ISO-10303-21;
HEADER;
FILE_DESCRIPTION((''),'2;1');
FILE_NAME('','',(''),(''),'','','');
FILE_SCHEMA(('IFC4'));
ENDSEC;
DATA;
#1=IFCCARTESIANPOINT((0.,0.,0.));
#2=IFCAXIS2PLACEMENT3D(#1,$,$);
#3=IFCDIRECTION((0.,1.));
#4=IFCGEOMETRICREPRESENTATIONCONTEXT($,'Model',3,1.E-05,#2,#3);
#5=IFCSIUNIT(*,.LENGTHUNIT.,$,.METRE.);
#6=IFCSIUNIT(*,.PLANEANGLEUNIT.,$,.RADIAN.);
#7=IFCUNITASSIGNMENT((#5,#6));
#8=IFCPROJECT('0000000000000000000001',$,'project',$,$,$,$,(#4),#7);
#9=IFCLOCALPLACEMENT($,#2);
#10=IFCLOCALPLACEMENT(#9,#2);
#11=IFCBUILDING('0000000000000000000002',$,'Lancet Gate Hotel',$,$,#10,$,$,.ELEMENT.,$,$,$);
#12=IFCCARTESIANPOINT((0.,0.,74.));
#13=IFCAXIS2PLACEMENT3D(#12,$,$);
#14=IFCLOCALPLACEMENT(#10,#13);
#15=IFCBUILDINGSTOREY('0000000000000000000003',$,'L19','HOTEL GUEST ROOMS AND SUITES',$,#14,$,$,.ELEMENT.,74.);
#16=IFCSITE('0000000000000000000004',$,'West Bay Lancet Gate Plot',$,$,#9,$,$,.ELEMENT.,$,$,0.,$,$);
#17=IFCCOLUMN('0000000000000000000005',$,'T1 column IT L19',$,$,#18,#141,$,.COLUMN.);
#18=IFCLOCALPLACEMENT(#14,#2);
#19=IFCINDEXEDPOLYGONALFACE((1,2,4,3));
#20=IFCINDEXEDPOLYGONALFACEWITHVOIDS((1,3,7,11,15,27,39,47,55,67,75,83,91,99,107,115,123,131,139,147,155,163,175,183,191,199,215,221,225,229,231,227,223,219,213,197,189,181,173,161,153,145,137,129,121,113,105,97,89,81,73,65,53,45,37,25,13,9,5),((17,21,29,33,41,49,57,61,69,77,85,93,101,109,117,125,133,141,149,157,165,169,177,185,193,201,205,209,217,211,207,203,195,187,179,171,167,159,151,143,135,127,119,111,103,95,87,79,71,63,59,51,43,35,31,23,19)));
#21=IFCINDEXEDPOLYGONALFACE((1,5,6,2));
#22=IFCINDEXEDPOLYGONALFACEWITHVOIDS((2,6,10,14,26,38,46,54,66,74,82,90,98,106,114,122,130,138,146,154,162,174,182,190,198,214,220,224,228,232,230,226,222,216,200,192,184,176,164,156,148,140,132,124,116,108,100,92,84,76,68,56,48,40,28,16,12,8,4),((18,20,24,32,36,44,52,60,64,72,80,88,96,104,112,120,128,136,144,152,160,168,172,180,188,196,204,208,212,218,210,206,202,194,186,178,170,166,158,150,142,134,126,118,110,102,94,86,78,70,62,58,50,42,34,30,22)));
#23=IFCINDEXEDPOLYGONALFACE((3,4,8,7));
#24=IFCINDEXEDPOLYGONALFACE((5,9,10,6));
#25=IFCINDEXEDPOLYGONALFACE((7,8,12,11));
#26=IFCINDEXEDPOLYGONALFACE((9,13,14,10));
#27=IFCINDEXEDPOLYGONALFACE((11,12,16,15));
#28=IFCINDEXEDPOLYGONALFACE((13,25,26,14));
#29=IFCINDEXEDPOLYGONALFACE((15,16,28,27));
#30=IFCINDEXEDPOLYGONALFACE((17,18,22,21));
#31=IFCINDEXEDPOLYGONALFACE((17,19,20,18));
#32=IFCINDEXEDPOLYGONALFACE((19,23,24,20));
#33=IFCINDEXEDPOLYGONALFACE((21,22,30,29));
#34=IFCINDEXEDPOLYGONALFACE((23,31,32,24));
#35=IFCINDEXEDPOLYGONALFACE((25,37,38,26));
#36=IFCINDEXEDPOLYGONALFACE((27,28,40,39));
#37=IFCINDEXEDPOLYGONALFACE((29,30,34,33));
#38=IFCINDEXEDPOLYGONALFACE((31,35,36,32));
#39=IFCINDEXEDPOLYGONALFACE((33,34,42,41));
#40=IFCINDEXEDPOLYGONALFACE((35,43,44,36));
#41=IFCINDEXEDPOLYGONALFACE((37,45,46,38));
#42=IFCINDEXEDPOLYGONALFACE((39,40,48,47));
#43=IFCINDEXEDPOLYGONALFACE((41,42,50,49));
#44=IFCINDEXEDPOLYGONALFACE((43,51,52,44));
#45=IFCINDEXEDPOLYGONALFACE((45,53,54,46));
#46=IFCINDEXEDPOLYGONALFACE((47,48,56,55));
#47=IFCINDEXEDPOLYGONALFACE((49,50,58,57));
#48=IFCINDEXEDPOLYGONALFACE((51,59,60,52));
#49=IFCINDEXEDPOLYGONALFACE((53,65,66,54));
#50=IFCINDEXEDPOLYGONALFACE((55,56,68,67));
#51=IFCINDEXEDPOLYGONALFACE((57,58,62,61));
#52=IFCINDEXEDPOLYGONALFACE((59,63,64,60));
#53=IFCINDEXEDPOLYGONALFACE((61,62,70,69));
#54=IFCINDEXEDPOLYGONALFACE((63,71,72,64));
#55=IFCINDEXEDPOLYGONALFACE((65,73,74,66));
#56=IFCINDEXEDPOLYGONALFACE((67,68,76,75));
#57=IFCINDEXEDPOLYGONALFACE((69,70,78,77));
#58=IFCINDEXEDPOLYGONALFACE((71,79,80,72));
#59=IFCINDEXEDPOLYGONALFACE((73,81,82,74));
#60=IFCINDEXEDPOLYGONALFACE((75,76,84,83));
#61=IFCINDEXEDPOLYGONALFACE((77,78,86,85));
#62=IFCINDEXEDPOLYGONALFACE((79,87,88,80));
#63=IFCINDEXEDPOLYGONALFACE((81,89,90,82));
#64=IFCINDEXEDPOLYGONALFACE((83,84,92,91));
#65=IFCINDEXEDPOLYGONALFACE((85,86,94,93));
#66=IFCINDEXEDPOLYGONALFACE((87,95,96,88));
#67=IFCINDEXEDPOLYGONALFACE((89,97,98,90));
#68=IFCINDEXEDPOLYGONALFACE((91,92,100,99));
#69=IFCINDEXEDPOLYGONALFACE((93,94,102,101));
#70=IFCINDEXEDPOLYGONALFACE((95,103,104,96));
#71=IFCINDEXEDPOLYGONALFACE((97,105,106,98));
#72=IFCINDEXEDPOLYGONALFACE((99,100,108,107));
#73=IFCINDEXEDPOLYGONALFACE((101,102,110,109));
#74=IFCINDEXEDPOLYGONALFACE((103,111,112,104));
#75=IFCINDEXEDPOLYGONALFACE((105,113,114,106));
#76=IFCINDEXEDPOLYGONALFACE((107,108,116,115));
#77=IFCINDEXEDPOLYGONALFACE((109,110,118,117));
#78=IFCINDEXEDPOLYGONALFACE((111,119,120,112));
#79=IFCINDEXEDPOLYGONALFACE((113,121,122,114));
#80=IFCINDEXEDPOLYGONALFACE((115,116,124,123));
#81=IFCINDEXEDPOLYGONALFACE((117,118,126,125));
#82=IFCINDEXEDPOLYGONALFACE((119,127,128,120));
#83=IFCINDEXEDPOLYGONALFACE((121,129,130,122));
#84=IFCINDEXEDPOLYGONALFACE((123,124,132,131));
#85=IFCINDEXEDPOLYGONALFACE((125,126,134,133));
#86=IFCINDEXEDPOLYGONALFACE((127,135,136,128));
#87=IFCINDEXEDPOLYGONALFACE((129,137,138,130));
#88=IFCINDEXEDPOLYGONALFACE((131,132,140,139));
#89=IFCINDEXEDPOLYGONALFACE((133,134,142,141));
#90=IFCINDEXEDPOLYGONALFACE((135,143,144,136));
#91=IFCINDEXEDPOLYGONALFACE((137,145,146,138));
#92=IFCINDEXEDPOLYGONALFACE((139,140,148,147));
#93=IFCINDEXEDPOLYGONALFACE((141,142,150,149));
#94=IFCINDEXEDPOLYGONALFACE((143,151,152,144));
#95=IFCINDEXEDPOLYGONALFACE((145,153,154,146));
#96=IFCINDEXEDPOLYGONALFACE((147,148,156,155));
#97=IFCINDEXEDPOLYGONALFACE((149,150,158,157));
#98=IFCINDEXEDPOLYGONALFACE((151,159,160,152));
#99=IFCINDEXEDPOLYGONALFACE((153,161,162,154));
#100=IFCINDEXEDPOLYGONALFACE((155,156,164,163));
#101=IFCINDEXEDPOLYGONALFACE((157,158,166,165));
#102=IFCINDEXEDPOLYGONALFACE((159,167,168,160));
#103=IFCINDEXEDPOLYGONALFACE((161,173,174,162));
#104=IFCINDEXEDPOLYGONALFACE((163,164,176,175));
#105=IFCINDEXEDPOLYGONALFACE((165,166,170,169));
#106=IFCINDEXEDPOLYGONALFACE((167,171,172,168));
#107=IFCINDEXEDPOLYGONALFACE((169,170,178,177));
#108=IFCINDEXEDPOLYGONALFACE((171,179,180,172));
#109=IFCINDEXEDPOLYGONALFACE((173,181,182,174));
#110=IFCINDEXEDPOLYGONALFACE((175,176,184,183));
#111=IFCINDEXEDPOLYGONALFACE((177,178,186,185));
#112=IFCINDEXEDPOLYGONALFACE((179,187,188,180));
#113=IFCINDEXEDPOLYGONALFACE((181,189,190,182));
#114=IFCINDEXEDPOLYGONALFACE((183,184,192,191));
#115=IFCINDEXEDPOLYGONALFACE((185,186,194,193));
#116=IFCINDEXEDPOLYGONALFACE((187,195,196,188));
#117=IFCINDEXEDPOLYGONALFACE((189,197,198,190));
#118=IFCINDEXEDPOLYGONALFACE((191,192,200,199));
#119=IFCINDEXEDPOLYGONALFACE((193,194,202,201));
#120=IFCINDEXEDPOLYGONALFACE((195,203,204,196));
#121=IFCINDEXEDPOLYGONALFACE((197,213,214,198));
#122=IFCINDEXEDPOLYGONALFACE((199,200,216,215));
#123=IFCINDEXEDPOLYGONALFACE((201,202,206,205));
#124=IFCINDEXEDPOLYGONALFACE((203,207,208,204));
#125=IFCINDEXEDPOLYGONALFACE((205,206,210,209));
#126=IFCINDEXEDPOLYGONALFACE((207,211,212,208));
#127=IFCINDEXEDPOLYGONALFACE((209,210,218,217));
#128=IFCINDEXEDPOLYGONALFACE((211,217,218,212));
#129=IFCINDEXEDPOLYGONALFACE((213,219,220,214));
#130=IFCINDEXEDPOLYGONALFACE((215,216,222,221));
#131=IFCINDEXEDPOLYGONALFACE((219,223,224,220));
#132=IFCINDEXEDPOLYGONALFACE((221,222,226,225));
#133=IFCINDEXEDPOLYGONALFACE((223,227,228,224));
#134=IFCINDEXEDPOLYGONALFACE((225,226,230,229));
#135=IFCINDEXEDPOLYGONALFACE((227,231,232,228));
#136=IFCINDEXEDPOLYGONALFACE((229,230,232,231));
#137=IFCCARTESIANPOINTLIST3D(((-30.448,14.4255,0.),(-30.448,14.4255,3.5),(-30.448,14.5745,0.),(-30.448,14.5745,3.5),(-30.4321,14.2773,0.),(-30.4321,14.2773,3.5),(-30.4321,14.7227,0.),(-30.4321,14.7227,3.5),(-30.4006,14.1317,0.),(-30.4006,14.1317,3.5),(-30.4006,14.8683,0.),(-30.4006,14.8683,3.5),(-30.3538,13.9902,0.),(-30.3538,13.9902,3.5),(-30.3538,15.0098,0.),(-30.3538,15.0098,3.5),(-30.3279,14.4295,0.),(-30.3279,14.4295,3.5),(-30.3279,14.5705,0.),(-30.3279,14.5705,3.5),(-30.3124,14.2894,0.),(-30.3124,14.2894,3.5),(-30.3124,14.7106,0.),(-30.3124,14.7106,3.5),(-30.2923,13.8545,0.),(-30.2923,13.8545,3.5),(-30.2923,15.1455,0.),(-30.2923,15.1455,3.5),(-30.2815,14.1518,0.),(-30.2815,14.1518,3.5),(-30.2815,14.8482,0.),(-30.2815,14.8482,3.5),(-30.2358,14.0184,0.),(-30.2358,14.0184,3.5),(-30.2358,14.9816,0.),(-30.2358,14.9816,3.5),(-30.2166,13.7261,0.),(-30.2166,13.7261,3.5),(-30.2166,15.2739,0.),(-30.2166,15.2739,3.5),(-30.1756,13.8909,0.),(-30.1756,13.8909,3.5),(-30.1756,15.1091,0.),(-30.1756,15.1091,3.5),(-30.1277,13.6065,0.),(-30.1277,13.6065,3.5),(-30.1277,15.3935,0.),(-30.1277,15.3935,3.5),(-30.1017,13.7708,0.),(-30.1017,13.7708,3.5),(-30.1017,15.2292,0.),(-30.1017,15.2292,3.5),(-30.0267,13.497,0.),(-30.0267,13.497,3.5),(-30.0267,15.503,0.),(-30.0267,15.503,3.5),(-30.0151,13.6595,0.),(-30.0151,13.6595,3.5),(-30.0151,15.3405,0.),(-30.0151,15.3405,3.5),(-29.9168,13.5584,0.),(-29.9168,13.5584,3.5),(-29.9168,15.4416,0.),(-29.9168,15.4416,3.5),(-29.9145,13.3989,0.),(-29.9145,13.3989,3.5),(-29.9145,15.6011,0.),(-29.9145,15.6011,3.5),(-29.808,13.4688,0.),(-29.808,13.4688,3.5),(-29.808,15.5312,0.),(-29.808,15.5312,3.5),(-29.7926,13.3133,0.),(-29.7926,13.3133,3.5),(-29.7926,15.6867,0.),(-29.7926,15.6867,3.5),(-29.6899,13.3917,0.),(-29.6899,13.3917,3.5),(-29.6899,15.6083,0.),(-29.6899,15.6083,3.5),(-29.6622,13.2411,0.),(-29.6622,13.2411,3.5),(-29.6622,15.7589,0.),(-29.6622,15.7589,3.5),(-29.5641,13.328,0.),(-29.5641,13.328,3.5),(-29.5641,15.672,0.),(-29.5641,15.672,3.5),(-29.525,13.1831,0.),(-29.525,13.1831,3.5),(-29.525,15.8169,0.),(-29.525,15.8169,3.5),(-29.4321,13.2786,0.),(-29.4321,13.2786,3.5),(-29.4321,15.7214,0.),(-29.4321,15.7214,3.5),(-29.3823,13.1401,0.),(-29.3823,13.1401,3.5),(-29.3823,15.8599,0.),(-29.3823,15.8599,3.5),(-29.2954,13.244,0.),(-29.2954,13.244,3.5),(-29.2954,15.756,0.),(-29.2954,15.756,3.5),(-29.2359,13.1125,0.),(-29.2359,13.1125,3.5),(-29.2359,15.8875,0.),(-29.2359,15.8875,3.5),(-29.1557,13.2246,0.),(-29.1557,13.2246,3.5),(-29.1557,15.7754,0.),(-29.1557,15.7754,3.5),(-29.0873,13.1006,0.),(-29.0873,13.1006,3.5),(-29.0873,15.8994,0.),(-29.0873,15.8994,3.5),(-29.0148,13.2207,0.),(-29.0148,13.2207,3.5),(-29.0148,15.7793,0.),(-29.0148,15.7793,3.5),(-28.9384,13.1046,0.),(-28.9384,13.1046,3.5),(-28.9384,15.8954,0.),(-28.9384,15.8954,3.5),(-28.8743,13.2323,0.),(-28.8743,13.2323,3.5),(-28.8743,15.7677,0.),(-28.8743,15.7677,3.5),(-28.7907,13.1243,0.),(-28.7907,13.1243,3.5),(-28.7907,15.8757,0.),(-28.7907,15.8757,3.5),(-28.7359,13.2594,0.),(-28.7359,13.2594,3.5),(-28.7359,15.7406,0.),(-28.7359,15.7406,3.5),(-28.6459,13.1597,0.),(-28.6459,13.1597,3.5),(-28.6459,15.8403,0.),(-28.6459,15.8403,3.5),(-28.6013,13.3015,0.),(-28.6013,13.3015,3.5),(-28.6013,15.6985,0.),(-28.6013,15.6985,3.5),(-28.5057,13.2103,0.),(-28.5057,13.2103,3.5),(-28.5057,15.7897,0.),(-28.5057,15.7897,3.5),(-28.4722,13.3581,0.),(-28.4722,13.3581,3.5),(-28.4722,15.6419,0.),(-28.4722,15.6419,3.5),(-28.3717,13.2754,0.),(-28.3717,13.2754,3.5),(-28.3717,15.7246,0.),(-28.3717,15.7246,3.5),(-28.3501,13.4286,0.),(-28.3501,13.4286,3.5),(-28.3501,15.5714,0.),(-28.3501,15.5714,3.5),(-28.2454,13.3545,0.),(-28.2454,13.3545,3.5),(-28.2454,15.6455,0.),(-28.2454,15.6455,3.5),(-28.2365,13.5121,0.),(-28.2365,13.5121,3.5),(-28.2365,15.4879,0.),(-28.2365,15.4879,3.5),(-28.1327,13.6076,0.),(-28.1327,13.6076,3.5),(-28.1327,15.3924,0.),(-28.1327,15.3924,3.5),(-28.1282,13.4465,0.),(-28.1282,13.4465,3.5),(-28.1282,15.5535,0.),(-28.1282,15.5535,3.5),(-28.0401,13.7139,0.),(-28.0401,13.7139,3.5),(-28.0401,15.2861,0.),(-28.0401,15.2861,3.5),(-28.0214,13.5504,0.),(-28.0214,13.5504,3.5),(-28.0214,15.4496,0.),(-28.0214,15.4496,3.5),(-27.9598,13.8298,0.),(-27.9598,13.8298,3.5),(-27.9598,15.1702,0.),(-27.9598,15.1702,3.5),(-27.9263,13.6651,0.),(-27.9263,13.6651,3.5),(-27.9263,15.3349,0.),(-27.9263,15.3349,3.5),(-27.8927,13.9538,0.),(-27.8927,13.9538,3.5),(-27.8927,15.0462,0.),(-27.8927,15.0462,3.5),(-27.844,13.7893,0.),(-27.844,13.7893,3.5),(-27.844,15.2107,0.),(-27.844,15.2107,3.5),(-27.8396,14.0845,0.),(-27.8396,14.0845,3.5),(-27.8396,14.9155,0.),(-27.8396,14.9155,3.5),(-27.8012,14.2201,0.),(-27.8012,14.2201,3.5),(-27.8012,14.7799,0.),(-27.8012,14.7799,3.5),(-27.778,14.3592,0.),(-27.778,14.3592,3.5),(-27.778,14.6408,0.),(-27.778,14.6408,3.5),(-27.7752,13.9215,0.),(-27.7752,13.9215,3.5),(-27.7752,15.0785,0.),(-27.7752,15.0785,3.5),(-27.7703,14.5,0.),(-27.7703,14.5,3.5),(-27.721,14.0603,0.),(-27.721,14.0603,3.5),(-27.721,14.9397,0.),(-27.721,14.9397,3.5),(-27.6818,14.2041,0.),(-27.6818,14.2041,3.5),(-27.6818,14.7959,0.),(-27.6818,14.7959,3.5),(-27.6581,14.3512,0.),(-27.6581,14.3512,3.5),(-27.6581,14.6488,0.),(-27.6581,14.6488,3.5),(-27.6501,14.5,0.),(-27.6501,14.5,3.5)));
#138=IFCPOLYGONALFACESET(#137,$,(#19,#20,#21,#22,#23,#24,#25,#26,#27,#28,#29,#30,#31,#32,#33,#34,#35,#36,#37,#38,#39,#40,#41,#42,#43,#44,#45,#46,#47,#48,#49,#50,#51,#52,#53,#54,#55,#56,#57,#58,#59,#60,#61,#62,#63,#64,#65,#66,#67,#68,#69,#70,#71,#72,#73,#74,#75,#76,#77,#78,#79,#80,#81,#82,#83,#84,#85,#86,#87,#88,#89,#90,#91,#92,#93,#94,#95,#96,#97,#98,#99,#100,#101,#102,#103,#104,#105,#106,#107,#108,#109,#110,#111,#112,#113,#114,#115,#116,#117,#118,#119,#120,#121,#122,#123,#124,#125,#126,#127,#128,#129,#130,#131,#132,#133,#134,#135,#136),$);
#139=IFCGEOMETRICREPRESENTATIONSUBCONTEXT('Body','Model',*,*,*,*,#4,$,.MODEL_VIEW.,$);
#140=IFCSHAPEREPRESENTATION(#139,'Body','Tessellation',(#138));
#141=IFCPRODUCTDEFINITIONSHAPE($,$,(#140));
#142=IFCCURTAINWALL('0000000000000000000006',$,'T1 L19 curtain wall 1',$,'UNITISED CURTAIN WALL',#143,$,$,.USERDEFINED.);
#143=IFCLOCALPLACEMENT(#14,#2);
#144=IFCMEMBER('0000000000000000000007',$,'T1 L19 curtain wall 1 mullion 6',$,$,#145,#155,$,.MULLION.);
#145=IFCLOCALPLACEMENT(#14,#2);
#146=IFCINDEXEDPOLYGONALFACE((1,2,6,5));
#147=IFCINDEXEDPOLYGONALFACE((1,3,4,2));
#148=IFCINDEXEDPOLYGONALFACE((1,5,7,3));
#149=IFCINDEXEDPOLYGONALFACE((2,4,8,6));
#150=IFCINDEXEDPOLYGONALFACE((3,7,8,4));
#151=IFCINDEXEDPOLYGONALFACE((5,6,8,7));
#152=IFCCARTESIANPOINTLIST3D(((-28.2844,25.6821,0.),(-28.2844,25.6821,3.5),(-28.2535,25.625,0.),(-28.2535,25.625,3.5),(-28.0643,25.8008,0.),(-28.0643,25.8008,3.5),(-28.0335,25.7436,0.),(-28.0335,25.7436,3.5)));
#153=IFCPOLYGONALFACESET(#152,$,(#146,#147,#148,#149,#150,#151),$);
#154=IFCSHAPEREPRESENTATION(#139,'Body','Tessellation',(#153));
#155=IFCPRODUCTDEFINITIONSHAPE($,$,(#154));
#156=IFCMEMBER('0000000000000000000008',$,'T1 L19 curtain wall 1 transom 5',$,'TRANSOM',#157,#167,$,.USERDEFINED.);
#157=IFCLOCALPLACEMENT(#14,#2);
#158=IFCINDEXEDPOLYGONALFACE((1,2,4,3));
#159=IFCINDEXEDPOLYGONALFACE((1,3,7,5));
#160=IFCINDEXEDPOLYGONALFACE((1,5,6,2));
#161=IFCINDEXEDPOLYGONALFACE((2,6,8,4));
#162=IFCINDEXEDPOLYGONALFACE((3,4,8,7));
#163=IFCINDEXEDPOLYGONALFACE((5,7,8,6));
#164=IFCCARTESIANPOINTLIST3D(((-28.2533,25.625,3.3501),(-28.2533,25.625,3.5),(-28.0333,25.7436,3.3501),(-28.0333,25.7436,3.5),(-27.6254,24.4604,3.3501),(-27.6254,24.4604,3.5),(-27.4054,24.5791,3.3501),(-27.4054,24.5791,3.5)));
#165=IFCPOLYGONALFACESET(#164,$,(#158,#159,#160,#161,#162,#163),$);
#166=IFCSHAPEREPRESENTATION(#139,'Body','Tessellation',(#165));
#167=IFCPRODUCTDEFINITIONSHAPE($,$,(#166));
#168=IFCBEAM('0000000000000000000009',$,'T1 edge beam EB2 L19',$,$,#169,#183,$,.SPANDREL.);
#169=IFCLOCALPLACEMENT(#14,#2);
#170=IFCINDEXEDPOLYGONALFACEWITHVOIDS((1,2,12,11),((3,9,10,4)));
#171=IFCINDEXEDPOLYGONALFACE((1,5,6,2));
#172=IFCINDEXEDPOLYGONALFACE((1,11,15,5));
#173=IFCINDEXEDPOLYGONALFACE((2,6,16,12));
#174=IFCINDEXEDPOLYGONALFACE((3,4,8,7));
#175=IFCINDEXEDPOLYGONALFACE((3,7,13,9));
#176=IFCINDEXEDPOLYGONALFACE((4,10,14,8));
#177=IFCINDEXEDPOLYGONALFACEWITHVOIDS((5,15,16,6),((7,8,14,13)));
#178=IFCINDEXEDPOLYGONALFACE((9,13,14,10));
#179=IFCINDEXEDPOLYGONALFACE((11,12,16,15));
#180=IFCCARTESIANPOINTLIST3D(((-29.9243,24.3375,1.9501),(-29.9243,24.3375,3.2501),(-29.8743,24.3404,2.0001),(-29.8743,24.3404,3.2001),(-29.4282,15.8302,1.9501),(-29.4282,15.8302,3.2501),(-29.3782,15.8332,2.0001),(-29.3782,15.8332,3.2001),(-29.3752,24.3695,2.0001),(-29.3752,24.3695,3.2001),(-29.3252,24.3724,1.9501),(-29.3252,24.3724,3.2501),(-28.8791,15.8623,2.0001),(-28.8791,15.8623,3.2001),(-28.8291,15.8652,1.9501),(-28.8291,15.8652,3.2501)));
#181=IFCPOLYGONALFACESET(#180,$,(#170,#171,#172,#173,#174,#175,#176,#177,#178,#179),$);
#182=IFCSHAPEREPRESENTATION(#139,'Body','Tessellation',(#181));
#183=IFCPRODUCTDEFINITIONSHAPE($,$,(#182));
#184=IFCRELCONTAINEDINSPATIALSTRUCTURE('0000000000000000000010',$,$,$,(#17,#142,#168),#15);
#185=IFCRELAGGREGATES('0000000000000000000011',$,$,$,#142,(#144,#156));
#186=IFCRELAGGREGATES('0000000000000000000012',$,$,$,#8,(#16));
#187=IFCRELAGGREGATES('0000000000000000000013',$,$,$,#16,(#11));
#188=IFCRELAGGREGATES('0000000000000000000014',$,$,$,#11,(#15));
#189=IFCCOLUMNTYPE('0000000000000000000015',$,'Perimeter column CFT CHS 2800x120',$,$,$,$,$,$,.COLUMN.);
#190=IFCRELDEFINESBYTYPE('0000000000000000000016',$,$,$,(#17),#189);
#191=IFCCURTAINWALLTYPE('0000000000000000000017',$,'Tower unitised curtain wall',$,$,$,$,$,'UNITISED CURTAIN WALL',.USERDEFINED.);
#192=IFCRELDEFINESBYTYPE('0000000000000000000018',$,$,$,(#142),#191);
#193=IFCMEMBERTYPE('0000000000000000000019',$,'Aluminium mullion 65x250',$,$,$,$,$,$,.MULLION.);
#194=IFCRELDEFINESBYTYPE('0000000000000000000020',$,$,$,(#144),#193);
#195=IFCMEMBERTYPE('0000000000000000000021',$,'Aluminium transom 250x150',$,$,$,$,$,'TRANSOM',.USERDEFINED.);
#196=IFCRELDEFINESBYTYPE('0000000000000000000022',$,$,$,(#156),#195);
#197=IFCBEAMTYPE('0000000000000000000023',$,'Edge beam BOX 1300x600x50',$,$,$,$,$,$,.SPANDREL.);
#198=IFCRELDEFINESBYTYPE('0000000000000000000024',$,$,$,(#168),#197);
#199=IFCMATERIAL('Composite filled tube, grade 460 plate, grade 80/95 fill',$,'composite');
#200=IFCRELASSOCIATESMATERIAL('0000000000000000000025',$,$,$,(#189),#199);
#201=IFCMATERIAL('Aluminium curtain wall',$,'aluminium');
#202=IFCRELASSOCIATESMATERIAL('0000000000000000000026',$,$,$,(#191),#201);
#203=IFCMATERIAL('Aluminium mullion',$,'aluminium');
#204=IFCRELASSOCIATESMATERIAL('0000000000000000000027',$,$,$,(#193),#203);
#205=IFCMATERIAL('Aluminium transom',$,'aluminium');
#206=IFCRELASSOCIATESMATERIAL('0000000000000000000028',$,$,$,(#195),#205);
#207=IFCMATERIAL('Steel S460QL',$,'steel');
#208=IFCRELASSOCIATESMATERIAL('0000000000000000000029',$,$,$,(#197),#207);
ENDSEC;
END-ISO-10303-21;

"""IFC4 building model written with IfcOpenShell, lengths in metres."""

from ifc_helpers import new_model, si_unit, direction, frame, origin, origin_2d, place, context, subcontext, project, spatial, rectangle, hollow_rectangle, hollow_circle, extrude, material, material_profile, profile_set, type_object, element, aggregate, save


model = new_model("IFC4")

# Units and contexts
model_context = context("Model", 3, precision=1e-05, world=origin(), true_north=direction((0.0, 1.0)))
body_context = subcontext(model_context, "Body", "Model", "MODEL_VIEW")
ifc_project = project(units=[si_unit("LENGTHUNIT", "METRE"), si_unit("PLANEANGLEUNIT", "RADIAN")], contexts=[model_context])

# Site, building, storey
site_placement = place(None, origin())
site = spatial("IfcSite", under=ifc_project, at=site_placement, Name="West Bay Lancet Gate Plot", CompositionType="ELEMENT", RefElevation=0.0)
building_placement = place(site_placement, origin())
building = spatial("IfcBuilding", under=site, at=building_placement, Name="Lancet Gate Hotel", CompositionType="ELEMENT")
storey_placement = place(building_placement, frame((0.0, 0.0, 74.0)))
storey = spatial("IfcBuildingStorey", under=building, at=storey_placement, Name="L19", Description="HOTEL GUEST ROOMS AND SUITES", CompositionType="ELEMENT", Elevation=74.0)

# Column
ifc_material_1 = material(Name="Composite filled tube, grade 460 plate, grade 80/95 fill", Category="composite")
ifc_material_profile_1 = material_profile(ifc_material_1, hollow_circle(Radius=1.3999, WallThickness=0.1201, at=origin_2d()), Name="CHS 2800x120")
ifc_profile_set_1 = profile_set([ifc_material_profile_1], Name="Composite filled tube, grade 460 plate, grade 80/95 fill")
column_type = type_object("IfcColumnType", Name="Perimeter column CFT CHS 2800x120", PredefinedType="COLUMN", material=ifc_profile_set_1)
for number, where, z_axis, x_axis, name in (
    (1, (-29.05, 14.5, 0.0), (0.0, 0.0, 1.0), (1.0, 0.0, 0.0), "T1 column IT L19"),
):
    element("IfcColumn", number, at=place(storey_placement, frame(where, z_axis=z_axis, x_axis=x_axis)), inside=storey, type_object=column_type, Name=name, PredefinedType="COLUMN", context=body_context, shape_type="SweptSolid", body=[
        extrude(hollow_circle(Radius=1.3999, WallThickness=0.1201, at=origin_2d()), origin(), (0.0, 0.0, 1.0), 3.5),
    ])

# Curtain wall, members
ifc_material_2 = material(Name="Aluminium curtain wall", Category="aluminium")
curtain_wall_type = type_object("IfcCurtainWallType", Name="Tower unitised curtain wall", ElementType="UNITISED CURTAIN WALL", PredefinedType="USERDEFINED", material=ifc_material_2)
curtain_wall_placement = place(storey_placement, origin())
curtain_wall = element("IfcCurtainWall", 2, at=curtain_wall_placement, inside=storey, type_object=curtain_wall_type, Name="T1 L19 curtain wall 1", ObjectType="UNITISED CURTAIN WALL", PredefinedType="USERDEFINED")
ifc_material_3 = material(Name="Aluminium mullion", Category="aluminium")
ifc_material_profile_2 = material_profile(ifc_material_3, rectangle(XDim=0.0649, YDim=0.25, at=origin_2d()), Name="MULLION 65x250")
ifc_profile_set_2 = profile_set([ifc_material_profile_2], Name="Aluminium mullion")
member_type_1 = type_object("IfcMemberType", Name="Aluminium mullion 65x250", PredefinedType="MULLION", material=ifc_profile_set_2)
member_1_placement = place(storey_placement, frame((-28.1589, 25.7129, 0.0), z_axis=(0.0, 0.0, 1.0), x_axis=(-0.474631, 0.880185, 0.0)))
member_1 = element("IfcMember", 3, at=member_1_placement, type_object=member_type_1, Name="T1 L19 curtain wall 1 mullion 6", PredefinedType="MULLION", context=body_context, shape_type="SweptSolid", body=[
    extrude(rectangle(XDim=0.0649, YDim=0.25, at=origin_2d()), origin(), (0.0, 0.0, 1.0), 3.5),
])
ifc_material_4 = material(Name="Aluminium transom", Category="aluminium")
ifc_material_profile_3 = material_profile(ifc_material_4, rectangle(XDim=0.25, YDim=0.1499, at=origin_2d()), Name="TRANSOM 250x150")
ifc_profile_set_3 = profile_set([ifc_material_profile_3], Name="Aluminium transom")
member_type_2 = type_object("IfcMemberType", Name="Aluminium transom 250x150", ElementType="TRANSOM", PredefinedType="USERDEFINED", material=ifc_profile_set_3)
member_2_placement = place(storey_placement, frame((-27.5154, 24.5198, 3.425), z_axis=(-0.474606, 0.880198, 0.0), x_axis=(-0.880198, -0.474606, 0.0)))
member_2 = element("IfcMember", 4, at=member_2_placement, type_object=member_type_2, Name="T1 L19 curtain wall 1 transom 5", ObjectType="TRANSOM", PredefinedType="USERDEFINED", context=body_context, shape_type="SweptSolid", body=[
    extrude(rectangle(XDim=0.25, YDim=0.1499, at=origin_2d()), origin(), (0.0, 0.0, 1.0), 1.323),
])

# Beam
ifc_material_5 = material(Name="Steel S460QL", Category="steel")
ifc_material_profile_4 = material_profile(ifc_material_5, hollow_rectangle(XDim=0.6001, YDim=1.3, WallThickness=0.05, at=origin_2d()), Name="BOX 1300x600x50")
ifc_profile_set_4 = profile_set([ifc_material_profile_4], Name="Steel S460QL")
beam_type_1 = type_object("IfcBeamType", Name="Edge beam BOX 1300x600x50", PredefinedType="SPANDREL", material=ifc_profile_set_4)
beam_1_placement = place(storey_placement, frame((-29.6248, 24.355, 2.6001), z_axis=(0.058215, -0.998304, 0.0), x_axis=(0.998304, 0.058215, 0.0)))
element("IfcBeam", 5, at=beam_1_placement, inside=storey, type_object=beam_type_1, Name="T1 edge beam EB2 L19", PredefinedType="SPANDREL", context=body_context, shape_type="SweptSolid", body=[
    extrude(hollow_rectangle(XDim=0.6001, YDim=1.3, WallThickness=0.05, at=origin_2d()), origin(), (0.0, 0.0, 1.0), 8.5217),
])

aggregate(curtain_wall, [member_1, member_2])

save(model, "model.ifc")
